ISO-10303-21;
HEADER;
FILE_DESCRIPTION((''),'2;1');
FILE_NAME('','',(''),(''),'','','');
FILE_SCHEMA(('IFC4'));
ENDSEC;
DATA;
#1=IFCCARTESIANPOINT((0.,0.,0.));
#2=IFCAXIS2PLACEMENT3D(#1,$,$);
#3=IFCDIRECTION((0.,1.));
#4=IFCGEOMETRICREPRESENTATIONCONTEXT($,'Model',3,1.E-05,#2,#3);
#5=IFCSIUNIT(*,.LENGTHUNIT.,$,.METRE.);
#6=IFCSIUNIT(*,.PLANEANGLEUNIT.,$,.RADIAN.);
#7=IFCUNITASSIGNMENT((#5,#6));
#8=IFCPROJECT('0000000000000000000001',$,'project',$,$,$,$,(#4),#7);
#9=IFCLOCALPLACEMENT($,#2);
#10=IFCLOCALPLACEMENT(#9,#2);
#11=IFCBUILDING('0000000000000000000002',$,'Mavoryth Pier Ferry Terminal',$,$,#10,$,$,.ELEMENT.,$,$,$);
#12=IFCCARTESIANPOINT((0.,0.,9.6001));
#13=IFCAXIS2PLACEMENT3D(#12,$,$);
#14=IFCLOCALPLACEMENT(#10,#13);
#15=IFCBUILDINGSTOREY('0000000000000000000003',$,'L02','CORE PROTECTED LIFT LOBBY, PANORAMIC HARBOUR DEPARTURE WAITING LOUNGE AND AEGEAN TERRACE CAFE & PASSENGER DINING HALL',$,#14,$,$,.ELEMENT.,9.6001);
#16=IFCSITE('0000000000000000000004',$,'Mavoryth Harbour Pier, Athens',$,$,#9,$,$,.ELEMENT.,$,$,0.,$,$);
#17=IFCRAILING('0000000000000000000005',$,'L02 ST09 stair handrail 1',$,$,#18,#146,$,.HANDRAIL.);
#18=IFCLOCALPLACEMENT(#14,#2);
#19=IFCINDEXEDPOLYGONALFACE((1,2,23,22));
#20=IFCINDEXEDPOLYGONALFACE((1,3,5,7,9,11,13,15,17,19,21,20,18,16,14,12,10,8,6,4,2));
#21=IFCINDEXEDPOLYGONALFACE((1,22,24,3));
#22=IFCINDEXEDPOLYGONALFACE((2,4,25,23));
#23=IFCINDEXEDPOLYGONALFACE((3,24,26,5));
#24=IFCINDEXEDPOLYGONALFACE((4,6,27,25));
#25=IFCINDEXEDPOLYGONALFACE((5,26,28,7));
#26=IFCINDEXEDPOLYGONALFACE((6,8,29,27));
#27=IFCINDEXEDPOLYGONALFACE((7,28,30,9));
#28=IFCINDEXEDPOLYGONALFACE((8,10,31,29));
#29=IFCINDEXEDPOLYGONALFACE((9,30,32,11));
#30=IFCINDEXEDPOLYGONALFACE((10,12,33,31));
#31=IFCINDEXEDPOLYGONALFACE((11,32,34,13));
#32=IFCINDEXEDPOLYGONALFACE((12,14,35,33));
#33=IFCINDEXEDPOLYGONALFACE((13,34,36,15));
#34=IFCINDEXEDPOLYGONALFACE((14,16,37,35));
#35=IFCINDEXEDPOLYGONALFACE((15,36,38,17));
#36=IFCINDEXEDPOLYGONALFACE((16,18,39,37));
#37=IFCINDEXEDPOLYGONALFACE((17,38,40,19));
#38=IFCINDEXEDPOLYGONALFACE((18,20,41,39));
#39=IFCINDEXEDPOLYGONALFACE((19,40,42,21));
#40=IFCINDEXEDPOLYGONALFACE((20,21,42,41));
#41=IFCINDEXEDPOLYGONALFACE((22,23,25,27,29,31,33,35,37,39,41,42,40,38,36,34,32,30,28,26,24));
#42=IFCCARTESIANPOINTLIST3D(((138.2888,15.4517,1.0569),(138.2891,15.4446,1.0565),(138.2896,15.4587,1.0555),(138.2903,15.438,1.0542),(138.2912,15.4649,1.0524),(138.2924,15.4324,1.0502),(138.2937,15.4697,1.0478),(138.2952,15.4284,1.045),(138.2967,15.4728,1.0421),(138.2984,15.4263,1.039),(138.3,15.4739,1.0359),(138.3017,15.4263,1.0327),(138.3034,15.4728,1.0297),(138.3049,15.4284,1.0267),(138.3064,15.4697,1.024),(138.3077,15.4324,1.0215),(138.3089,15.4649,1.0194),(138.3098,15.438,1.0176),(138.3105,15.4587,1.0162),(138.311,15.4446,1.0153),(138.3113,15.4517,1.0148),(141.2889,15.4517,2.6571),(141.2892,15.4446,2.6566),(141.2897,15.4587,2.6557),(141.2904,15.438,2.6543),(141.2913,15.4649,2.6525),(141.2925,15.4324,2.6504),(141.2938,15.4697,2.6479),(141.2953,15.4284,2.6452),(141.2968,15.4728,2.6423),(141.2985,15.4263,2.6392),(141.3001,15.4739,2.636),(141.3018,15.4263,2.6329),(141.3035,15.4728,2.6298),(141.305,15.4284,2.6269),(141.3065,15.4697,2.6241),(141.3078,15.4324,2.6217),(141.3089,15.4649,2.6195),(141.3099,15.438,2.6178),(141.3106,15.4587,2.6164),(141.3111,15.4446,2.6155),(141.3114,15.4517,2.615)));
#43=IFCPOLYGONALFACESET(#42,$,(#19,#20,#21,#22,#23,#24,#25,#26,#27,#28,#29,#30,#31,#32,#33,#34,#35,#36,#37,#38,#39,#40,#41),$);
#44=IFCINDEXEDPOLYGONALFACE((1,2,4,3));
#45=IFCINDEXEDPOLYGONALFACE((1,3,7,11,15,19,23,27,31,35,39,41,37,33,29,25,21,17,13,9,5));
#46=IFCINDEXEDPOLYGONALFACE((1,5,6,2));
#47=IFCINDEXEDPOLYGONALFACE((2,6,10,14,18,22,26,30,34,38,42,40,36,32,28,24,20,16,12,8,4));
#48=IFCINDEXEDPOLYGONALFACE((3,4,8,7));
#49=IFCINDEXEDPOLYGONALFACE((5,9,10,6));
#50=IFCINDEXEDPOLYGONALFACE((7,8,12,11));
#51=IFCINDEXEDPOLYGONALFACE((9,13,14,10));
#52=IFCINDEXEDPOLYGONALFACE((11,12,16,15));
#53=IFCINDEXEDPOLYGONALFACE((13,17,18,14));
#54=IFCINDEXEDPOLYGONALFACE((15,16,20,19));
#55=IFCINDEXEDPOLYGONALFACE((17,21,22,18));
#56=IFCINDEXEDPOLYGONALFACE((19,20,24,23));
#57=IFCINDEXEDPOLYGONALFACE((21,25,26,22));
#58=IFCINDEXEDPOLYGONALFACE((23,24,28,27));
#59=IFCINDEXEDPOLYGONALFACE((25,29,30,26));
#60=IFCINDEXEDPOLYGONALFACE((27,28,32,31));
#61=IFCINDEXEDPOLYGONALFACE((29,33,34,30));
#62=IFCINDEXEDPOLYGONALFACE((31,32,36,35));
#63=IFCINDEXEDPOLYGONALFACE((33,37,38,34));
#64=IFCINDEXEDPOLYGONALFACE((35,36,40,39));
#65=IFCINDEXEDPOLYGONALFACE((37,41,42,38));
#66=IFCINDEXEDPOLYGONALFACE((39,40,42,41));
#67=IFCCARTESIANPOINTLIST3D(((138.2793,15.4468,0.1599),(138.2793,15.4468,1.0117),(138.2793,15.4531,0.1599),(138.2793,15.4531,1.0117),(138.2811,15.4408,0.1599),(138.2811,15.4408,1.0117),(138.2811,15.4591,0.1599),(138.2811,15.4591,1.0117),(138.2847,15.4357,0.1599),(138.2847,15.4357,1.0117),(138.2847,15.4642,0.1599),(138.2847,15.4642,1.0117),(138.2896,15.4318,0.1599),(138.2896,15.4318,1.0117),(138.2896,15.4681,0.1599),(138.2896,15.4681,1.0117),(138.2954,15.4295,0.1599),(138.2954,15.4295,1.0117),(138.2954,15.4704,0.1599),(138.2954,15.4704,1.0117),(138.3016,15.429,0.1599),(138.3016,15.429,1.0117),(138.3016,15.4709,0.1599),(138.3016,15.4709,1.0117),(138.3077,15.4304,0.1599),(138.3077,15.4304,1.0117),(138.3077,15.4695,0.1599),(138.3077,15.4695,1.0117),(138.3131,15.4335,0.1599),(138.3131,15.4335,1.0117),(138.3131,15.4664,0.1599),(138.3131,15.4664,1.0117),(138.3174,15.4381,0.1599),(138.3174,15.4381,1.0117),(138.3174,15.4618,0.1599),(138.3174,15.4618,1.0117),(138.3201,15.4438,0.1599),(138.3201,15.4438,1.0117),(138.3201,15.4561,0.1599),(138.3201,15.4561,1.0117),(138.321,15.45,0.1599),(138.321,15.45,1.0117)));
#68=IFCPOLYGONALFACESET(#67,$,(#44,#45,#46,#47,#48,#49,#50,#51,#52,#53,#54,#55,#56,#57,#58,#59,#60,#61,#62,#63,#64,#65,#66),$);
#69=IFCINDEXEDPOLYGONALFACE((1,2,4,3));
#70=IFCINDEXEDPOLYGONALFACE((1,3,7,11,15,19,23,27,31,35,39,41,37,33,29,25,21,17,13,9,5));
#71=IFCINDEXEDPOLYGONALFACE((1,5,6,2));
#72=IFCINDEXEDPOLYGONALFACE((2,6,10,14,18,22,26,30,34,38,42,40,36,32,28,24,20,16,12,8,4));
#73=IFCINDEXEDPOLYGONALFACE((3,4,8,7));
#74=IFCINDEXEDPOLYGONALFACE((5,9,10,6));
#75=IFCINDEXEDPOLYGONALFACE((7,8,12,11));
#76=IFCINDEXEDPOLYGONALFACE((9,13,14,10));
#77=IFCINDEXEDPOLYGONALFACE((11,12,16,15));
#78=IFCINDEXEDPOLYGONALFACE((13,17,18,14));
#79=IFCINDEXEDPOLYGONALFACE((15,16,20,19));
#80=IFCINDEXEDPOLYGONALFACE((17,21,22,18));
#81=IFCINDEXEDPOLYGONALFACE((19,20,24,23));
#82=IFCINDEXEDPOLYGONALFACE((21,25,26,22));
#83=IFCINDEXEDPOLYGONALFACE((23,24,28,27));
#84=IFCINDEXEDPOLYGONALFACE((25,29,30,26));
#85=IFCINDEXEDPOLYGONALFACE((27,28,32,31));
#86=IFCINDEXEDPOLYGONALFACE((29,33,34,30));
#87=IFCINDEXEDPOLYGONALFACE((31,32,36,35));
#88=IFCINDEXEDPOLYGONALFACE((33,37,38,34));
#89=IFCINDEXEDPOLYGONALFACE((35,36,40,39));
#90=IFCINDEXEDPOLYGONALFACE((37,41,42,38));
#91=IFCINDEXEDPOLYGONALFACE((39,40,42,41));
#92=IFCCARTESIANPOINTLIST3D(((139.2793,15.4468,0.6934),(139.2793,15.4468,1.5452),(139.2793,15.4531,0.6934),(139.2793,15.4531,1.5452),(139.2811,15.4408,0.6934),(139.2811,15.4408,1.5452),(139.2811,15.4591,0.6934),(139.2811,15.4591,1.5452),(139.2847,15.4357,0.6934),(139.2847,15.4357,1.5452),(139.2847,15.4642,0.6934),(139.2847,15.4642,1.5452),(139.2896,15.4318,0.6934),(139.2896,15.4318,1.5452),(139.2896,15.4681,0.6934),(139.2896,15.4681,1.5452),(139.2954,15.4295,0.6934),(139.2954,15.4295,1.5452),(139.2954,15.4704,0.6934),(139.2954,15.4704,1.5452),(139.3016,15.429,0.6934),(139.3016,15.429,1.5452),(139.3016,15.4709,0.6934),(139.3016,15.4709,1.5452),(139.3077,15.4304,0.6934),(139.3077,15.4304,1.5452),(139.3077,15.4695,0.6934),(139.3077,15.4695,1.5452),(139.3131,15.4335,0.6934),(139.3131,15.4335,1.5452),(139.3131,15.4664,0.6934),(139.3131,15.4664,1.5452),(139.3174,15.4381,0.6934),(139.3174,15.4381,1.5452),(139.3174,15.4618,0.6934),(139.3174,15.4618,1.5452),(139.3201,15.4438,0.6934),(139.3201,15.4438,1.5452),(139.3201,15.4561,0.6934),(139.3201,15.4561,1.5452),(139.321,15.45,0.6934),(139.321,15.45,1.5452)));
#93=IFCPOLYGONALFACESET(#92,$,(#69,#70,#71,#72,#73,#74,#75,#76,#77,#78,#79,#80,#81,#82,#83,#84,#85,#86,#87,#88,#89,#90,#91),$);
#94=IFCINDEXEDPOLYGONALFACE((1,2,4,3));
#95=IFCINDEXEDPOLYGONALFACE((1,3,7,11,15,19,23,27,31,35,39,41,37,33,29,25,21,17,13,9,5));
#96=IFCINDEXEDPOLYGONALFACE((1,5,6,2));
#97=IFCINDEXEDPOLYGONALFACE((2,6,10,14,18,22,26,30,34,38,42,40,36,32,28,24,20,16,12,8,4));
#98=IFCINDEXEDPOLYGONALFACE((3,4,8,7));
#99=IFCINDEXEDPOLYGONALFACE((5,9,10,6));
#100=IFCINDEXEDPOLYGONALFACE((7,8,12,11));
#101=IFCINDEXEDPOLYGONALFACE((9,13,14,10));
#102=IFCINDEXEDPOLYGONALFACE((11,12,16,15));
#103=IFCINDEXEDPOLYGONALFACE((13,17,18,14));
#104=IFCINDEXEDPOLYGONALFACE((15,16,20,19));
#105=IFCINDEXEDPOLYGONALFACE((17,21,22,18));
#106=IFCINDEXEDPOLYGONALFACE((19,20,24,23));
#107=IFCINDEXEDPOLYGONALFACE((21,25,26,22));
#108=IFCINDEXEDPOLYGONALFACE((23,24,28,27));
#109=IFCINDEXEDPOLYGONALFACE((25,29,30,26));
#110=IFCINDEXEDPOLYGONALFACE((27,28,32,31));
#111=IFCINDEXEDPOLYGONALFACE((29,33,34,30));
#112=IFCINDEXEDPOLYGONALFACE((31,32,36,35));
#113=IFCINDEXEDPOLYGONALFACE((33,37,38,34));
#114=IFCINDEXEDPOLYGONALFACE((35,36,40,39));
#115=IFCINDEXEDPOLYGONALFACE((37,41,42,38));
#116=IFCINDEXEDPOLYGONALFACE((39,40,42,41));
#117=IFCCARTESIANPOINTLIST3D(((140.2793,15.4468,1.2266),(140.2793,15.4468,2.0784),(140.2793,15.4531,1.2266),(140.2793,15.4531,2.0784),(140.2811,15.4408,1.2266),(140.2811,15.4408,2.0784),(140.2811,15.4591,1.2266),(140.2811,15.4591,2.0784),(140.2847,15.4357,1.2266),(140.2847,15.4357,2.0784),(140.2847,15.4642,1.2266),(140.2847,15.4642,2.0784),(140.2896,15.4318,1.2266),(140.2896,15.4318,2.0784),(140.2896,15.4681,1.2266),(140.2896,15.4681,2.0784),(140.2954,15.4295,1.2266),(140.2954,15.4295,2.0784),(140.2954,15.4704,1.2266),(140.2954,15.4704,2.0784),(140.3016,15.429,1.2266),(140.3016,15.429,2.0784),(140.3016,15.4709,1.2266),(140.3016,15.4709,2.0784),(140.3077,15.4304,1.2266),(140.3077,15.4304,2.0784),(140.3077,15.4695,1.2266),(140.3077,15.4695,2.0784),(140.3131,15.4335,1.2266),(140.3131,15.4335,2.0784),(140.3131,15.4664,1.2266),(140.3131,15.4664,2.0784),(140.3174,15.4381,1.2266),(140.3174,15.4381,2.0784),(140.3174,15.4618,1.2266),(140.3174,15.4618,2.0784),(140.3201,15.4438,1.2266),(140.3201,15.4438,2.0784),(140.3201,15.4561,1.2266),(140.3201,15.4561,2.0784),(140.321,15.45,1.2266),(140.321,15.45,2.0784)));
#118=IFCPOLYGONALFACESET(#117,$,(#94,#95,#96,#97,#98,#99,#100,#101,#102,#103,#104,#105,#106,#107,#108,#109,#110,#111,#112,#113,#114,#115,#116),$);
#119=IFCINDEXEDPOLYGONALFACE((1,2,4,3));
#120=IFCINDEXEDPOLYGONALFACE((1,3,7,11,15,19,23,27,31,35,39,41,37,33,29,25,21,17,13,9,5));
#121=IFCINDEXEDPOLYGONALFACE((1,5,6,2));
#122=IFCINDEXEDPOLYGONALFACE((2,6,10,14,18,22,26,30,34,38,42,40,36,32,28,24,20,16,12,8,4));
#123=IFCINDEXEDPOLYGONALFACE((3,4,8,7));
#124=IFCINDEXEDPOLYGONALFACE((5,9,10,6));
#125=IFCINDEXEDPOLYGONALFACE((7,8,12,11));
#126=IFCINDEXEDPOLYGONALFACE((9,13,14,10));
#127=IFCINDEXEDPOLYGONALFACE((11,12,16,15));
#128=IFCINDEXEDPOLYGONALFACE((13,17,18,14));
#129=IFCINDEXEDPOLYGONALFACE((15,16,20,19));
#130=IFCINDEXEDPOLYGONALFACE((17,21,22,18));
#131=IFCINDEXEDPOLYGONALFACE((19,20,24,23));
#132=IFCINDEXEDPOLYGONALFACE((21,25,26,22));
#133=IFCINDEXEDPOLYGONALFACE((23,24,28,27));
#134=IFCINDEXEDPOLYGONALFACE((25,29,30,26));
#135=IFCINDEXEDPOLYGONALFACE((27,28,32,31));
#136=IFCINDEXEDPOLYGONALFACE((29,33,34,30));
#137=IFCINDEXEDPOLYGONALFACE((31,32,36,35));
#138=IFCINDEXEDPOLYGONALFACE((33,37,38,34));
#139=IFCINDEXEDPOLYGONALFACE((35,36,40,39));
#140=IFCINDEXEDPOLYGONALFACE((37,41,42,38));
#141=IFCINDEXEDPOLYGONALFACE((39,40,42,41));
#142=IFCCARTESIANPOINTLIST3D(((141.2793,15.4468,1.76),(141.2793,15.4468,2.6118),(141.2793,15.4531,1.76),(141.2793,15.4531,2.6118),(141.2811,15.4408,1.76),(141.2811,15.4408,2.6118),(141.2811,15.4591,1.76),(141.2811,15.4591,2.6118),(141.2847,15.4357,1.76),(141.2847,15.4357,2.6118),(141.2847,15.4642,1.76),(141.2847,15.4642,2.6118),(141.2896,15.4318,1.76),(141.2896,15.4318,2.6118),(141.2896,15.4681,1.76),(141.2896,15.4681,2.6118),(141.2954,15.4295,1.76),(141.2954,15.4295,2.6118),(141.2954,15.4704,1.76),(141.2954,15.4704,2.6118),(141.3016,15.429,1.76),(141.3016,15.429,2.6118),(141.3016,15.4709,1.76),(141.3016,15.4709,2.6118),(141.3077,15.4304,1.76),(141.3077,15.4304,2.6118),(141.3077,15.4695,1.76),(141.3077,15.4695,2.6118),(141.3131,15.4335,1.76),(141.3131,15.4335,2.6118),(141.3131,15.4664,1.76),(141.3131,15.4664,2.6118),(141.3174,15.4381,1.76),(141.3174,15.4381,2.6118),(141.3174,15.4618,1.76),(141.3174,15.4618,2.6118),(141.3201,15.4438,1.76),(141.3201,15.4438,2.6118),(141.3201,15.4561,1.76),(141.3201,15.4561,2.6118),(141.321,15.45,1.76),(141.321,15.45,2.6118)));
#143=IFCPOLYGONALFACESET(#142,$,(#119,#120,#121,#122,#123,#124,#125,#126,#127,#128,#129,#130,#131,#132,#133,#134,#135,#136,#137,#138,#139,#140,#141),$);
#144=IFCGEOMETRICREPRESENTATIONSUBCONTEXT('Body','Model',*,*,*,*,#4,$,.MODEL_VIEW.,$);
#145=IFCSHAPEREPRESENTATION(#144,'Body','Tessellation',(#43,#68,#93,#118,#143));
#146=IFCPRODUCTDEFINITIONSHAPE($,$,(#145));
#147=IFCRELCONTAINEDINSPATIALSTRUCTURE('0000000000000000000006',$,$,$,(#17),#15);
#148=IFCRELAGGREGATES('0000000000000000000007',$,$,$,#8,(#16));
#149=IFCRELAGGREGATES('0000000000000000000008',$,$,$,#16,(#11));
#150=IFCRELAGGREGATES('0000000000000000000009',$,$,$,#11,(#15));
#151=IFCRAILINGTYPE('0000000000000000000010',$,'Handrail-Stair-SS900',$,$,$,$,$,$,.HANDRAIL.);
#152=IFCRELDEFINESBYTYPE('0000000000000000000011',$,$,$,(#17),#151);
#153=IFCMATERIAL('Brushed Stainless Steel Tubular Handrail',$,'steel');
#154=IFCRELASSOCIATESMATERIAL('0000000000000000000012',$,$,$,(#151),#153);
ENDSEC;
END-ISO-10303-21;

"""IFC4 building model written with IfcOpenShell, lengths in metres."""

from ifc_helpers import new_model, si_unit, direction, frame, origin, origin_2d, place, context, subcontext, project, spatial, circle, extrude, material, type_object, element, save


model = new_model("IFC4")

# Units and contexts
model_context = context("Model", 3, precision=1e-05, world=origin(), true_north=direction((0.0, 1.0)))
body_context = subcontext(model_context, "Body", "Model", "MODEL_VIEW")
ifc_project = project(units=[si_unit("LENGTHUNIT", "METRE"), si_unit("PLANEANGLEUNIT", "RADIAN")], contexts=[model_context])

# Site, building, storey
site_placement = place(None, origin())
site = spatial("IfcSite", under=ifc_project, at=site_placement, Name="Mavoryth Harbour Pier, Athens", CompositionType="ELEMENT", RefElevation=0.0)
building_placement = place(site_placement, origin())
building = spatial("IfcBuilding", under=site, at=building_placement, Name="Mavoryth Pier Ferry Terminal", CompositionType="ELEMENT")
storey_placement = place(building_placement, frame((0.0, 0.0, 9.6001)))
storey = spatial("IfcBuildingStorey", under=building, at=storey_placement, Name="L02", Description="CORE PROTECTED LIFT LOBBY, PANORAMIC HARBOUR DEPARTURE WAITING LOUNGE AND AEGEAN TERRACE CAFE & PASSENGER DINING HALL", CompositionType="ELEMENT", Elevation=9.6001)

# Railing
ifc_material_1 = material(Name="Brushed Stainless Steel Tubular Handrail", Category="steel")
railing_type_1 = type_object("IfcRailingType", Name="Handrail-Stair-SS900", PredefinedType="HANDRAIL", material=ifc_material_1)
railing_1_placement = place(storey_placement, frame((138.3, 15.45, 0.1599)))
element("IfcRailing", 1, at=railing_1_placement, inside=storey, type_object=railing_type_1, Name="L02 ST09 stair handrail 1", PredefinedType="HANDRAIL", context=body_context, shape_type="SweptSolid", body=[
    extrude(circle(Radius=0.0239, at=origin_2d()), frame((0.0, 0.0, 0.876), z_axis=(0.882341, 0.0, 0.470611), x_axis=(0.0, 1.0, 0.0)), (0.0, 0.0, 1.0), 3.4001),
    extrude(circle(Radius=0.021, at=origin_2d()), origin(), (0.0, 0.0, 1.0), 0.8518),
    extrude(circle(Radius=0.021, at=origin_2d()), frame((1.0, 0.0, 0.5334)), (0.0, 0.0, 1.0), 0.8518),
    extrude(circle(Radius=0.021, at=origin_2d()), frame((2.0, 0.0, 1.0667)), (0.0, 0.0, 1.0), 0.8518),
    extrude(circle(Radius=0.021, at=origin_2d()), frame((3.0, 0.0, 1.6001)), (0.0, 0.0, 1.0), 0.8518),
])

save(model, "model.ifc")
